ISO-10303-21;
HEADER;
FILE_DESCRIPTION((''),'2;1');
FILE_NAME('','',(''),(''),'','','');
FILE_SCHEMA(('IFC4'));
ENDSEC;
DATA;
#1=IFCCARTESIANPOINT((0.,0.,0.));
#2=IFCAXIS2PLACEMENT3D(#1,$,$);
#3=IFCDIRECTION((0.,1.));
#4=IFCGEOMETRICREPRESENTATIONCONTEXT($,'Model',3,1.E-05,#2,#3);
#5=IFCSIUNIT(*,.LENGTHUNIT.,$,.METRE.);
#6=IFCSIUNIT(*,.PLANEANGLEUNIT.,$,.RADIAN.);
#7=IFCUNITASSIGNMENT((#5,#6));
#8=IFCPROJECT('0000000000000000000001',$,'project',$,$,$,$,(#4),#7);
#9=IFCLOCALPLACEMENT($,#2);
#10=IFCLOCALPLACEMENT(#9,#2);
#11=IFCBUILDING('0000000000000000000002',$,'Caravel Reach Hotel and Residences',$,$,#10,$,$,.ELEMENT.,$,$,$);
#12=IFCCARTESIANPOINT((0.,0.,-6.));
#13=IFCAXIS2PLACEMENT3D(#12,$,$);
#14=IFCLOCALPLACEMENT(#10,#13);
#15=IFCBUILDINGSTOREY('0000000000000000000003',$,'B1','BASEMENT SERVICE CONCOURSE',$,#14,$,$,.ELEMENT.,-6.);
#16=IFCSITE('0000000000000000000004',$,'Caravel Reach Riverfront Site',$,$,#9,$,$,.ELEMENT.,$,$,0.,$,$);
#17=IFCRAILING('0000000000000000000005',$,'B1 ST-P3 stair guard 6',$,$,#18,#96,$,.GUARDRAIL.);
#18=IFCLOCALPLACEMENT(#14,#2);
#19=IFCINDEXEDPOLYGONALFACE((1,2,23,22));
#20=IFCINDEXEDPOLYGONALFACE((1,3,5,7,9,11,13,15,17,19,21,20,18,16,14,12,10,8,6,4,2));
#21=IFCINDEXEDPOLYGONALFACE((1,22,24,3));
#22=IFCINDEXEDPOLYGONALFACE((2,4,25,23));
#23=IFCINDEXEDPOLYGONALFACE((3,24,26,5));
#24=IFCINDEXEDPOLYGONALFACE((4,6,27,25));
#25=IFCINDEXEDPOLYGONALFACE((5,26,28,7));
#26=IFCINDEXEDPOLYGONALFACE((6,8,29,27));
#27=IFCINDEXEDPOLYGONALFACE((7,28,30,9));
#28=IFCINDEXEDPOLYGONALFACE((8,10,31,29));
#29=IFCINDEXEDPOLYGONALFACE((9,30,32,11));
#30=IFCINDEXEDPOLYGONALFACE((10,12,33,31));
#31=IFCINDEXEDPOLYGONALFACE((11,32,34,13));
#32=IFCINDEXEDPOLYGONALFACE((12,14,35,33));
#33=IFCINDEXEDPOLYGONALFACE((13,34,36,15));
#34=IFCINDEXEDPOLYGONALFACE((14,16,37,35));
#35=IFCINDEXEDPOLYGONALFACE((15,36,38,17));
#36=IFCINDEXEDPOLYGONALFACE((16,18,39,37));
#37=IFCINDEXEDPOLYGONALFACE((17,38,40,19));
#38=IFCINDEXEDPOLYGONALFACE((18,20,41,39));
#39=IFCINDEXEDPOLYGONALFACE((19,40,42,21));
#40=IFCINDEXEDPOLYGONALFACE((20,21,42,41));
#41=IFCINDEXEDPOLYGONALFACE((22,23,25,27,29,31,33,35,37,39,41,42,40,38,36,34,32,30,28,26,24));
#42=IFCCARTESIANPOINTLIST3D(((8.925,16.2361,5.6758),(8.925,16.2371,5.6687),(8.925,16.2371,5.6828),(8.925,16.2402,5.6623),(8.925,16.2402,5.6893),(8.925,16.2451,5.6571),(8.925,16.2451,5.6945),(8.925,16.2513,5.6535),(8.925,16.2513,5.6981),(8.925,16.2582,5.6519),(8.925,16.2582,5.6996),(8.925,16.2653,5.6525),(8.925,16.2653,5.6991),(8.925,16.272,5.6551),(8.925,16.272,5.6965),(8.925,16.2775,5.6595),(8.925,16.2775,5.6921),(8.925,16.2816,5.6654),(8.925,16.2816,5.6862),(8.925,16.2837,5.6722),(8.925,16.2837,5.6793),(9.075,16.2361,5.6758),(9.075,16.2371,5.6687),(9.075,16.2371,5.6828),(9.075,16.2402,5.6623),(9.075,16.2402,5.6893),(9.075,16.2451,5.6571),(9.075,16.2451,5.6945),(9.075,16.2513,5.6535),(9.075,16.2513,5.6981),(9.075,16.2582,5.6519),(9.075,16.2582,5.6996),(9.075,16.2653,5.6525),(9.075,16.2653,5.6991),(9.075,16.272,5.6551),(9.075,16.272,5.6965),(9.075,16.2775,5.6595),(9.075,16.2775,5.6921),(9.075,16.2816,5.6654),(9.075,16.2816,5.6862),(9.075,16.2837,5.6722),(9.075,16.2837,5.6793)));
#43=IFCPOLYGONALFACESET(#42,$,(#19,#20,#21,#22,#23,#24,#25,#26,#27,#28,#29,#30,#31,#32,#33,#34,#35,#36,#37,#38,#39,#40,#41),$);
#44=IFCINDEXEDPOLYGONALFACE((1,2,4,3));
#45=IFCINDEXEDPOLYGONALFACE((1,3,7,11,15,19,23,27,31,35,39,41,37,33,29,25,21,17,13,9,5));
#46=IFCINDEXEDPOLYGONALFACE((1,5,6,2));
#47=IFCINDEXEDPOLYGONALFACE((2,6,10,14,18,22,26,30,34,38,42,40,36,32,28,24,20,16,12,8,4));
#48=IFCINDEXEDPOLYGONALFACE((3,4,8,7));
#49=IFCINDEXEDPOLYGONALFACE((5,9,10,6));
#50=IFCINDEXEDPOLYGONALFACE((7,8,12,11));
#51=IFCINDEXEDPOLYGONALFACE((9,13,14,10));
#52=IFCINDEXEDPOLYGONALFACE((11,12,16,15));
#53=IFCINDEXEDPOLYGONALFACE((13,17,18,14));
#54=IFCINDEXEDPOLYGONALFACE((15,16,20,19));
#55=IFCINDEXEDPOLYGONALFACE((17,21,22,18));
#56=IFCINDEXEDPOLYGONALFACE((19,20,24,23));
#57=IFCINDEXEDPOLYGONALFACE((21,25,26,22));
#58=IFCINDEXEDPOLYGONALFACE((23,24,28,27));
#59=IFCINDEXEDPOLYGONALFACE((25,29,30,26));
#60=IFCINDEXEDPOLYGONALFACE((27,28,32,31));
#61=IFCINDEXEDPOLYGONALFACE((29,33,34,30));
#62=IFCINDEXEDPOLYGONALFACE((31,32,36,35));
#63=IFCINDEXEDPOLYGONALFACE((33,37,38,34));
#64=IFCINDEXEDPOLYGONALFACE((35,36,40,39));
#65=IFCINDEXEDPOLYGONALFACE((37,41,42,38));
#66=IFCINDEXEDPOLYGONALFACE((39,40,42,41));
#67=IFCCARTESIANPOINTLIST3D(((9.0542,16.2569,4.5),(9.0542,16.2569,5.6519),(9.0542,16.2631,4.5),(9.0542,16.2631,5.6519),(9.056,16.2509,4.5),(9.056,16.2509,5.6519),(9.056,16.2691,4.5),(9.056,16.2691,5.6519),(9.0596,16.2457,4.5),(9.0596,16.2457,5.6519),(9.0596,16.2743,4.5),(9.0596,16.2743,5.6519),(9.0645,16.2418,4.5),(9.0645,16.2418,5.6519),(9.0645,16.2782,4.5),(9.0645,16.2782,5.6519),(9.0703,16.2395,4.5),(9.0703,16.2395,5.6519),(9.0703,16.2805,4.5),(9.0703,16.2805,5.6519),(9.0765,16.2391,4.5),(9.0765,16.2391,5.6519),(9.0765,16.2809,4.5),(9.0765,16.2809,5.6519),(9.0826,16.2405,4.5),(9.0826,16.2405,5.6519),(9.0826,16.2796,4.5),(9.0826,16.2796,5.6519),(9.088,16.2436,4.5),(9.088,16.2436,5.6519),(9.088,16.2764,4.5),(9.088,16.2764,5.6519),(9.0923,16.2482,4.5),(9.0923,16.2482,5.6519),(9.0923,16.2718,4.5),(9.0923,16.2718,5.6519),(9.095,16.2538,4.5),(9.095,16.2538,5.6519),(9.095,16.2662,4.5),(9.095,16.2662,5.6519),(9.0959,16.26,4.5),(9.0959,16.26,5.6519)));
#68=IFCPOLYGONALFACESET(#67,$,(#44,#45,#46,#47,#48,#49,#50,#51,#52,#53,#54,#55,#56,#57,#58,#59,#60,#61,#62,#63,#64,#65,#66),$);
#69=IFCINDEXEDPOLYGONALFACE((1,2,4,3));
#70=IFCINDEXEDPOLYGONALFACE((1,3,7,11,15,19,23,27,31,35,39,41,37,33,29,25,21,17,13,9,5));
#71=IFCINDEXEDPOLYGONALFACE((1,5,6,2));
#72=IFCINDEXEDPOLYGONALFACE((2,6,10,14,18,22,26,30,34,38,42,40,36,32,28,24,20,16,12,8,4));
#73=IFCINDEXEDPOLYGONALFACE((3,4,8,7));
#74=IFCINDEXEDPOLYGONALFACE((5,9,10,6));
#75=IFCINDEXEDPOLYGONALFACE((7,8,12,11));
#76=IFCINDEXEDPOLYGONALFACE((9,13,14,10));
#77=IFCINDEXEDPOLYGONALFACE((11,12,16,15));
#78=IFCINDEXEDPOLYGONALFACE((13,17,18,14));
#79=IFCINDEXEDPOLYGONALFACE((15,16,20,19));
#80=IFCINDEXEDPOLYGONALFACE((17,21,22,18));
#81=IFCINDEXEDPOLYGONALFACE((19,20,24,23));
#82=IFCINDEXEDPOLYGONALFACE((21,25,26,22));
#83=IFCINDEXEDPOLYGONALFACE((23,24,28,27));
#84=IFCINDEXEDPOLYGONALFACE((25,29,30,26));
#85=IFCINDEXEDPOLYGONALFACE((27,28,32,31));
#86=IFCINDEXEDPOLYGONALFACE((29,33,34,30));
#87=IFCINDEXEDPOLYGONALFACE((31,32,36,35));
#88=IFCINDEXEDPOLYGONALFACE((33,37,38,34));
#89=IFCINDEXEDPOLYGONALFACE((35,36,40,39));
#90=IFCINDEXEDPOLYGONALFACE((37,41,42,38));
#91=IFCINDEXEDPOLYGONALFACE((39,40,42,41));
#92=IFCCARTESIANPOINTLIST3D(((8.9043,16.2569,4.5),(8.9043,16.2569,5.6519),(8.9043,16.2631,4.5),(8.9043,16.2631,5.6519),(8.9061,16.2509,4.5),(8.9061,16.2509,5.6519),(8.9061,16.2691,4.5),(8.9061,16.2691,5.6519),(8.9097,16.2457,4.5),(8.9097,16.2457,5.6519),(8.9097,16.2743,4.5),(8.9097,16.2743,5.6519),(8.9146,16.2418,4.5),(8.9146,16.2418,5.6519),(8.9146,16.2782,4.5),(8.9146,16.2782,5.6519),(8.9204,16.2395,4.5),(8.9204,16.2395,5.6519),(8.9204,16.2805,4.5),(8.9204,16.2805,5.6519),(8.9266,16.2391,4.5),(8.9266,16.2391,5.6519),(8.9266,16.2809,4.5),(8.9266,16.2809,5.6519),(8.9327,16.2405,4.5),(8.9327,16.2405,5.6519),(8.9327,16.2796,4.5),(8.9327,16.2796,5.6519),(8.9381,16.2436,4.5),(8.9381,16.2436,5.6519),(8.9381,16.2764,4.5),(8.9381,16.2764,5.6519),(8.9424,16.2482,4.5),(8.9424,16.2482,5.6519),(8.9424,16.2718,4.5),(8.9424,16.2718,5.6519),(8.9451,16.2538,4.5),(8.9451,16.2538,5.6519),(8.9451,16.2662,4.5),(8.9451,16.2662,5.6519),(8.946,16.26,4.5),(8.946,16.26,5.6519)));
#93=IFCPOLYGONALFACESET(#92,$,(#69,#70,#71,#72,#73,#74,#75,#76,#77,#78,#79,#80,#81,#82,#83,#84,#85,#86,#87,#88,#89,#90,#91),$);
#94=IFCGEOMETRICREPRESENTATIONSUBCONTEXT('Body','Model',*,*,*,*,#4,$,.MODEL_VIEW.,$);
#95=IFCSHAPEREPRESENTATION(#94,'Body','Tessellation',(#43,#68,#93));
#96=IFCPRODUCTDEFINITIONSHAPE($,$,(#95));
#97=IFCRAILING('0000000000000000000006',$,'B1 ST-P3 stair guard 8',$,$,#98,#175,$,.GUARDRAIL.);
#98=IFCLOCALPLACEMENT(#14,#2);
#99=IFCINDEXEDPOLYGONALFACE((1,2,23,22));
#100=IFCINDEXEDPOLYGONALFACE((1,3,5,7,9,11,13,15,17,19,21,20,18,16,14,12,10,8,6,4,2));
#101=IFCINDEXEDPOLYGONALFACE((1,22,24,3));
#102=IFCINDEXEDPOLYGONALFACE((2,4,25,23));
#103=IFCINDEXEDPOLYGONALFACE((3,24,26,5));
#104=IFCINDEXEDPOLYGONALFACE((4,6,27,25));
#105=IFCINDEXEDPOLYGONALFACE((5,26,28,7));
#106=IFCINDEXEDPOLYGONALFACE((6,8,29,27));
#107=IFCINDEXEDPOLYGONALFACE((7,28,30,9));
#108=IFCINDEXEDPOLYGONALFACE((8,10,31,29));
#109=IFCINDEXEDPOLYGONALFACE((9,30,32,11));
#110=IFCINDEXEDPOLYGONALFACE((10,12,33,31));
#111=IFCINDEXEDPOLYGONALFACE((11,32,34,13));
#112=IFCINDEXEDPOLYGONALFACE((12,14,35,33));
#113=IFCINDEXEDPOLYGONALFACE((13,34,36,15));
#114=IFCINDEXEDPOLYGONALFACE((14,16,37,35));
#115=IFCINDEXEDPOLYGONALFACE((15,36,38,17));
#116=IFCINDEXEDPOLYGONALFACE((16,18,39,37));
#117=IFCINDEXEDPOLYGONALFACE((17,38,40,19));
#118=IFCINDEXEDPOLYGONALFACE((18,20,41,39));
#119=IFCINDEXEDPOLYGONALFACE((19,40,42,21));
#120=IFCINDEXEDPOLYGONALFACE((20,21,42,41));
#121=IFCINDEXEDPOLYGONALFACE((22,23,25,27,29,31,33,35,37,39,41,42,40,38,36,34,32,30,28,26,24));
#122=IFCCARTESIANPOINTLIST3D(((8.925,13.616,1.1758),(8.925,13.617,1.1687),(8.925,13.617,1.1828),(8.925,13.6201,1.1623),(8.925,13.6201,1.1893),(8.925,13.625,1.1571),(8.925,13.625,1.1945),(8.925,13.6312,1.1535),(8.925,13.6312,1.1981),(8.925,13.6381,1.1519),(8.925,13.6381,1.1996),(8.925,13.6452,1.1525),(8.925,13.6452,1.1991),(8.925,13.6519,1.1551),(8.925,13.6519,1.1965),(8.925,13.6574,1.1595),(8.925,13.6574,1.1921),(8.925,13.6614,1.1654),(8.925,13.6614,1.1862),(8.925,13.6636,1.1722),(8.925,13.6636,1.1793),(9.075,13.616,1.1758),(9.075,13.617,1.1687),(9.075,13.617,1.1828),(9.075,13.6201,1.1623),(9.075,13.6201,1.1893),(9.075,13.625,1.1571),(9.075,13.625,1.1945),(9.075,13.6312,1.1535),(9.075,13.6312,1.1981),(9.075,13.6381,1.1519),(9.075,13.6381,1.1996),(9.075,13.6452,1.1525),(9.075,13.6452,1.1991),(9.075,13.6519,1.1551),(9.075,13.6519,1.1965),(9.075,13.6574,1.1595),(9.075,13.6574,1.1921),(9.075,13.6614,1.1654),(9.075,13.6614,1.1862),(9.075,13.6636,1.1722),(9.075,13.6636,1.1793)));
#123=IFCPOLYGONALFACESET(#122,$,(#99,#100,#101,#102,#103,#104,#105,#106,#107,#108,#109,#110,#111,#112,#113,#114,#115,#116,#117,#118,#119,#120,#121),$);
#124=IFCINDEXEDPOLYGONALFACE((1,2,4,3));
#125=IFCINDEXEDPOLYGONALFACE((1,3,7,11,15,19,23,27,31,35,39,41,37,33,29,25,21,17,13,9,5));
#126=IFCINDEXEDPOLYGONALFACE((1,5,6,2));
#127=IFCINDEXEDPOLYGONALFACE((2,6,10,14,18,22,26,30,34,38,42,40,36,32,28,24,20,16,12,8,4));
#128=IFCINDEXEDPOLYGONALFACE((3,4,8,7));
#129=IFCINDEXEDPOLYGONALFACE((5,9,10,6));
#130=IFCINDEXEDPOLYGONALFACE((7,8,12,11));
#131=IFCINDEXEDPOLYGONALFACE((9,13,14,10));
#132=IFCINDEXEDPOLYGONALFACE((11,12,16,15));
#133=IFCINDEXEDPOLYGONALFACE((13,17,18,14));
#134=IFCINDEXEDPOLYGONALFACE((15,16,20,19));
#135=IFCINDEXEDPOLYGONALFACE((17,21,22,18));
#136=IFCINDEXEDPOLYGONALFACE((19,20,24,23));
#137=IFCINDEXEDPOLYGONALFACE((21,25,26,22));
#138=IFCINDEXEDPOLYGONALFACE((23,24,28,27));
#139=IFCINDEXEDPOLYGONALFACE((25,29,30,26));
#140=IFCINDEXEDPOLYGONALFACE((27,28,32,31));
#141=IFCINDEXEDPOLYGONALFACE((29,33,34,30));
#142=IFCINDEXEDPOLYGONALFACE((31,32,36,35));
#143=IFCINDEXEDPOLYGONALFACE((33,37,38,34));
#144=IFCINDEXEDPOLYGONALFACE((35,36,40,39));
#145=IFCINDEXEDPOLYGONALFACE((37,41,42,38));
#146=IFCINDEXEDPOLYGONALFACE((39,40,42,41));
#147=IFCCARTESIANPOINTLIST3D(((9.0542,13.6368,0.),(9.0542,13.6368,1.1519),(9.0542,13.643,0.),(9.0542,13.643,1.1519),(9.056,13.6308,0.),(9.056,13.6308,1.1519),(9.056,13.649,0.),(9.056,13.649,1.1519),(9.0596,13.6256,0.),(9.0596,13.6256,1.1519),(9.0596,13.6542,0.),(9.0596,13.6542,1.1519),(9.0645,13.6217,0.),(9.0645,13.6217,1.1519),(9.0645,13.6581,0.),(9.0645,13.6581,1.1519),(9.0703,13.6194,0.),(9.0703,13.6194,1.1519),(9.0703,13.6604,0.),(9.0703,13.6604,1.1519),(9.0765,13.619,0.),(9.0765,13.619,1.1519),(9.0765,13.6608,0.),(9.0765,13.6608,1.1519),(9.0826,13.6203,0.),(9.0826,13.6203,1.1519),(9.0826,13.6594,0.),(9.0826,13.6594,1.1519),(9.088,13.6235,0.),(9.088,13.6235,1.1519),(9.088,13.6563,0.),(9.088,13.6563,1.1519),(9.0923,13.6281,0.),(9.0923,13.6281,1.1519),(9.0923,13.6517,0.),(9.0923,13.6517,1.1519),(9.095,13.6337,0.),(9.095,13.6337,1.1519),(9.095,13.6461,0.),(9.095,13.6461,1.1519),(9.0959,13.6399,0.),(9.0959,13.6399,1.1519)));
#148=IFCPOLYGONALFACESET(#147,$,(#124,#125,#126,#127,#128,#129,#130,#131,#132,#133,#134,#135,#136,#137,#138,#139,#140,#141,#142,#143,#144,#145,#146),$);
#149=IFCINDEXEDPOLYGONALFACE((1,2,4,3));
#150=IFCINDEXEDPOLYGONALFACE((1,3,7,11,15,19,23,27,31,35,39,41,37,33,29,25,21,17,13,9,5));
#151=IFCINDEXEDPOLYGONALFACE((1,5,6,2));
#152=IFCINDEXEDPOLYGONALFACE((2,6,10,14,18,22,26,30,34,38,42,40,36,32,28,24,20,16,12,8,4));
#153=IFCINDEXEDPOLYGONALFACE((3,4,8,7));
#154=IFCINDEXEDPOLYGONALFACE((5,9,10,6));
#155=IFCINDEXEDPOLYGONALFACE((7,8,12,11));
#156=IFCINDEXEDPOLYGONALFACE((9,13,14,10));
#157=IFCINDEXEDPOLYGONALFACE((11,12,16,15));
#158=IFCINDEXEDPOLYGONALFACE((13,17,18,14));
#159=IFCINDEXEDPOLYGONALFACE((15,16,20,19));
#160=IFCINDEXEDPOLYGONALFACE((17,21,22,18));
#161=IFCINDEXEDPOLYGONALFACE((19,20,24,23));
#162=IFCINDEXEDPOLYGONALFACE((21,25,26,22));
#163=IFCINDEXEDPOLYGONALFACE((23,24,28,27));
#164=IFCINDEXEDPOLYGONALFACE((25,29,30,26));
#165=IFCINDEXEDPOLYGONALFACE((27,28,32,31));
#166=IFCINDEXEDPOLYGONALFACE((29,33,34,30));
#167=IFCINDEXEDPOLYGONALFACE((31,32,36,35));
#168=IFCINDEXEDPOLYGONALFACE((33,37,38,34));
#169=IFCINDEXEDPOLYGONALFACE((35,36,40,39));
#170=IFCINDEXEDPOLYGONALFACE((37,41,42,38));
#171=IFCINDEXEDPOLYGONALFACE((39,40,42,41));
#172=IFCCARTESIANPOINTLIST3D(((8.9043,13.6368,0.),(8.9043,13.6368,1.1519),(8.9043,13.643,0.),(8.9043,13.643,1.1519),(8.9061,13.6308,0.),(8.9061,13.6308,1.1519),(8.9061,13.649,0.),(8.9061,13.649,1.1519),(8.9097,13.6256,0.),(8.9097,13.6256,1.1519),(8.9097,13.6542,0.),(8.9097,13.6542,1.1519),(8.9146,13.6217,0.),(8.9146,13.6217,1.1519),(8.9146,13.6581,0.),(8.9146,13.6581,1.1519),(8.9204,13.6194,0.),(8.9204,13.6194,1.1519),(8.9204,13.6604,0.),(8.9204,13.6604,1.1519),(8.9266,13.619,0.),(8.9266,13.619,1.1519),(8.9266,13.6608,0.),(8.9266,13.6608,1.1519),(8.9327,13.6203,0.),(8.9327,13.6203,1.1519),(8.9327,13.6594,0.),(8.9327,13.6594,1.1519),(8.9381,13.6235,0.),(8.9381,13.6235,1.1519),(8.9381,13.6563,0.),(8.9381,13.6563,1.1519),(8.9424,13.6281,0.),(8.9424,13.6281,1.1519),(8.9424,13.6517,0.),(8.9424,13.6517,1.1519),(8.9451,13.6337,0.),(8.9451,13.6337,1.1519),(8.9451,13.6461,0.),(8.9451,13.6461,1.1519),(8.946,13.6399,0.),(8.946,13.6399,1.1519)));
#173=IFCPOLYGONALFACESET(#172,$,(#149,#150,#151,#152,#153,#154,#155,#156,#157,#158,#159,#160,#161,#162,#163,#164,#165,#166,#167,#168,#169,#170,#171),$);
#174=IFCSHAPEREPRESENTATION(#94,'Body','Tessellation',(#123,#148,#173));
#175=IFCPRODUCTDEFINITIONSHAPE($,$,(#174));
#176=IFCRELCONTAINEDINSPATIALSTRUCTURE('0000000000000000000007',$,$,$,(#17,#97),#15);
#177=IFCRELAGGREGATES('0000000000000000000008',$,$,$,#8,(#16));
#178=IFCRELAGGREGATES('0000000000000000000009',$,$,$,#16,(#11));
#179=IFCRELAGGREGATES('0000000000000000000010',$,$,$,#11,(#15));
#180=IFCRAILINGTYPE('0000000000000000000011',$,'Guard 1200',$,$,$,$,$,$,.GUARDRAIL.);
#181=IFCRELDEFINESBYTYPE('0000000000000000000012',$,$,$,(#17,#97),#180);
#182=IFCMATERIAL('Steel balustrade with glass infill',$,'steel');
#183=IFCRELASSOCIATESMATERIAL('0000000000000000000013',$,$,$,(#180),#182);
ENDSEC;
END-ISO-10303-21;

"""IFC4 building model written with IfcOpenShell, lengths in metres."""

from ifc_helpers import new_model, si_unit, direction, frame, origin, origin_2d, place, context, subcontext, project, spatial, circle, extrude, material, type_object, element, save


model = new_model("IFC4")

# Units and contexts
model_context = context("Model", 3, precision=1e-05, world=origin(), true_north=direction((0.0, 1.0)))
body_context = subcontext(model_context, "Body", "Model", "MODEL_VIEW")
ifc_project = project(units=[si_unit("LENGTHUNIT", "METRE"), si_unit("PLANEANGLEUNIT", "RADIAN")], contexts=[model_context])

# Site, building, storey
site_placement = place(None, origin())
site = spatial("IfcSite", under=ifc_project, at=site_placement, Name="Caravel Reach Riverfront Site", CompositionType="ELEMENT", RefElevation=0.0)
building_placement = place(site_placement, origin())
building = spatial("IfcBuilding", under=site, at=building_placement, Name="Caravel Reach Hotel and Residences", CompositionType="ELEMENT")
storey_placement = place(building_placement, frame((0.0, 0.0, -6.0)))
storey = spatial("IfcBuildingStorey", under=building, at=storey_placement, Name="B1", Description="BASEMENT SERVICE CONCOURSE", CompositionType="ELEMENT", Elevation=-6.0)

# Railings
ifc_material_1 = material(Name="Steel balustrade with glass infill", Category="steel")
railing_type_1 = type_object("IfcRailingType", Name="Guard 1200", PredefinedType="GUARDRAIL", material=ifc_material_1)
for number, where, name in (
    (1, (9.075, 16.26, 4.5), "B1 ST-P3 stair guard 6"),
    (2, (9.075, 13.6399, 0.0), "B1 ST-P3 stair guard 8"),
):
    element("IfcRailing", number, at=place(storey_placement, frame(where)), inside=storey, type_object=railing_type_1, Name=name, PredefinedType="GUARDRAIL", context=body_context, shape_type="SweptSolid", body=[
        extrude(circle(Radius=0.0239, at=origin_2d()), frame((0.0, 0.0, 1.1758), z_axis=(-1.0, 0.0, 0.0), x_axis=(0.0, -1.0, 0.0)), (0.0, 0.0, 1.0), 0.1499),
        extrude(circle(Radius=0.021, at=origin_2d()), origin(), (0.0, 0.0, 1.0), 1.1519),
        extrude(circle(Radius=0.021, at=origin_2d()), frame((-0.1499, 0.0, 0.0)), (0.0, 0.0, 1.0), 1.1519),
    ])

save(model, "model.ifc")
